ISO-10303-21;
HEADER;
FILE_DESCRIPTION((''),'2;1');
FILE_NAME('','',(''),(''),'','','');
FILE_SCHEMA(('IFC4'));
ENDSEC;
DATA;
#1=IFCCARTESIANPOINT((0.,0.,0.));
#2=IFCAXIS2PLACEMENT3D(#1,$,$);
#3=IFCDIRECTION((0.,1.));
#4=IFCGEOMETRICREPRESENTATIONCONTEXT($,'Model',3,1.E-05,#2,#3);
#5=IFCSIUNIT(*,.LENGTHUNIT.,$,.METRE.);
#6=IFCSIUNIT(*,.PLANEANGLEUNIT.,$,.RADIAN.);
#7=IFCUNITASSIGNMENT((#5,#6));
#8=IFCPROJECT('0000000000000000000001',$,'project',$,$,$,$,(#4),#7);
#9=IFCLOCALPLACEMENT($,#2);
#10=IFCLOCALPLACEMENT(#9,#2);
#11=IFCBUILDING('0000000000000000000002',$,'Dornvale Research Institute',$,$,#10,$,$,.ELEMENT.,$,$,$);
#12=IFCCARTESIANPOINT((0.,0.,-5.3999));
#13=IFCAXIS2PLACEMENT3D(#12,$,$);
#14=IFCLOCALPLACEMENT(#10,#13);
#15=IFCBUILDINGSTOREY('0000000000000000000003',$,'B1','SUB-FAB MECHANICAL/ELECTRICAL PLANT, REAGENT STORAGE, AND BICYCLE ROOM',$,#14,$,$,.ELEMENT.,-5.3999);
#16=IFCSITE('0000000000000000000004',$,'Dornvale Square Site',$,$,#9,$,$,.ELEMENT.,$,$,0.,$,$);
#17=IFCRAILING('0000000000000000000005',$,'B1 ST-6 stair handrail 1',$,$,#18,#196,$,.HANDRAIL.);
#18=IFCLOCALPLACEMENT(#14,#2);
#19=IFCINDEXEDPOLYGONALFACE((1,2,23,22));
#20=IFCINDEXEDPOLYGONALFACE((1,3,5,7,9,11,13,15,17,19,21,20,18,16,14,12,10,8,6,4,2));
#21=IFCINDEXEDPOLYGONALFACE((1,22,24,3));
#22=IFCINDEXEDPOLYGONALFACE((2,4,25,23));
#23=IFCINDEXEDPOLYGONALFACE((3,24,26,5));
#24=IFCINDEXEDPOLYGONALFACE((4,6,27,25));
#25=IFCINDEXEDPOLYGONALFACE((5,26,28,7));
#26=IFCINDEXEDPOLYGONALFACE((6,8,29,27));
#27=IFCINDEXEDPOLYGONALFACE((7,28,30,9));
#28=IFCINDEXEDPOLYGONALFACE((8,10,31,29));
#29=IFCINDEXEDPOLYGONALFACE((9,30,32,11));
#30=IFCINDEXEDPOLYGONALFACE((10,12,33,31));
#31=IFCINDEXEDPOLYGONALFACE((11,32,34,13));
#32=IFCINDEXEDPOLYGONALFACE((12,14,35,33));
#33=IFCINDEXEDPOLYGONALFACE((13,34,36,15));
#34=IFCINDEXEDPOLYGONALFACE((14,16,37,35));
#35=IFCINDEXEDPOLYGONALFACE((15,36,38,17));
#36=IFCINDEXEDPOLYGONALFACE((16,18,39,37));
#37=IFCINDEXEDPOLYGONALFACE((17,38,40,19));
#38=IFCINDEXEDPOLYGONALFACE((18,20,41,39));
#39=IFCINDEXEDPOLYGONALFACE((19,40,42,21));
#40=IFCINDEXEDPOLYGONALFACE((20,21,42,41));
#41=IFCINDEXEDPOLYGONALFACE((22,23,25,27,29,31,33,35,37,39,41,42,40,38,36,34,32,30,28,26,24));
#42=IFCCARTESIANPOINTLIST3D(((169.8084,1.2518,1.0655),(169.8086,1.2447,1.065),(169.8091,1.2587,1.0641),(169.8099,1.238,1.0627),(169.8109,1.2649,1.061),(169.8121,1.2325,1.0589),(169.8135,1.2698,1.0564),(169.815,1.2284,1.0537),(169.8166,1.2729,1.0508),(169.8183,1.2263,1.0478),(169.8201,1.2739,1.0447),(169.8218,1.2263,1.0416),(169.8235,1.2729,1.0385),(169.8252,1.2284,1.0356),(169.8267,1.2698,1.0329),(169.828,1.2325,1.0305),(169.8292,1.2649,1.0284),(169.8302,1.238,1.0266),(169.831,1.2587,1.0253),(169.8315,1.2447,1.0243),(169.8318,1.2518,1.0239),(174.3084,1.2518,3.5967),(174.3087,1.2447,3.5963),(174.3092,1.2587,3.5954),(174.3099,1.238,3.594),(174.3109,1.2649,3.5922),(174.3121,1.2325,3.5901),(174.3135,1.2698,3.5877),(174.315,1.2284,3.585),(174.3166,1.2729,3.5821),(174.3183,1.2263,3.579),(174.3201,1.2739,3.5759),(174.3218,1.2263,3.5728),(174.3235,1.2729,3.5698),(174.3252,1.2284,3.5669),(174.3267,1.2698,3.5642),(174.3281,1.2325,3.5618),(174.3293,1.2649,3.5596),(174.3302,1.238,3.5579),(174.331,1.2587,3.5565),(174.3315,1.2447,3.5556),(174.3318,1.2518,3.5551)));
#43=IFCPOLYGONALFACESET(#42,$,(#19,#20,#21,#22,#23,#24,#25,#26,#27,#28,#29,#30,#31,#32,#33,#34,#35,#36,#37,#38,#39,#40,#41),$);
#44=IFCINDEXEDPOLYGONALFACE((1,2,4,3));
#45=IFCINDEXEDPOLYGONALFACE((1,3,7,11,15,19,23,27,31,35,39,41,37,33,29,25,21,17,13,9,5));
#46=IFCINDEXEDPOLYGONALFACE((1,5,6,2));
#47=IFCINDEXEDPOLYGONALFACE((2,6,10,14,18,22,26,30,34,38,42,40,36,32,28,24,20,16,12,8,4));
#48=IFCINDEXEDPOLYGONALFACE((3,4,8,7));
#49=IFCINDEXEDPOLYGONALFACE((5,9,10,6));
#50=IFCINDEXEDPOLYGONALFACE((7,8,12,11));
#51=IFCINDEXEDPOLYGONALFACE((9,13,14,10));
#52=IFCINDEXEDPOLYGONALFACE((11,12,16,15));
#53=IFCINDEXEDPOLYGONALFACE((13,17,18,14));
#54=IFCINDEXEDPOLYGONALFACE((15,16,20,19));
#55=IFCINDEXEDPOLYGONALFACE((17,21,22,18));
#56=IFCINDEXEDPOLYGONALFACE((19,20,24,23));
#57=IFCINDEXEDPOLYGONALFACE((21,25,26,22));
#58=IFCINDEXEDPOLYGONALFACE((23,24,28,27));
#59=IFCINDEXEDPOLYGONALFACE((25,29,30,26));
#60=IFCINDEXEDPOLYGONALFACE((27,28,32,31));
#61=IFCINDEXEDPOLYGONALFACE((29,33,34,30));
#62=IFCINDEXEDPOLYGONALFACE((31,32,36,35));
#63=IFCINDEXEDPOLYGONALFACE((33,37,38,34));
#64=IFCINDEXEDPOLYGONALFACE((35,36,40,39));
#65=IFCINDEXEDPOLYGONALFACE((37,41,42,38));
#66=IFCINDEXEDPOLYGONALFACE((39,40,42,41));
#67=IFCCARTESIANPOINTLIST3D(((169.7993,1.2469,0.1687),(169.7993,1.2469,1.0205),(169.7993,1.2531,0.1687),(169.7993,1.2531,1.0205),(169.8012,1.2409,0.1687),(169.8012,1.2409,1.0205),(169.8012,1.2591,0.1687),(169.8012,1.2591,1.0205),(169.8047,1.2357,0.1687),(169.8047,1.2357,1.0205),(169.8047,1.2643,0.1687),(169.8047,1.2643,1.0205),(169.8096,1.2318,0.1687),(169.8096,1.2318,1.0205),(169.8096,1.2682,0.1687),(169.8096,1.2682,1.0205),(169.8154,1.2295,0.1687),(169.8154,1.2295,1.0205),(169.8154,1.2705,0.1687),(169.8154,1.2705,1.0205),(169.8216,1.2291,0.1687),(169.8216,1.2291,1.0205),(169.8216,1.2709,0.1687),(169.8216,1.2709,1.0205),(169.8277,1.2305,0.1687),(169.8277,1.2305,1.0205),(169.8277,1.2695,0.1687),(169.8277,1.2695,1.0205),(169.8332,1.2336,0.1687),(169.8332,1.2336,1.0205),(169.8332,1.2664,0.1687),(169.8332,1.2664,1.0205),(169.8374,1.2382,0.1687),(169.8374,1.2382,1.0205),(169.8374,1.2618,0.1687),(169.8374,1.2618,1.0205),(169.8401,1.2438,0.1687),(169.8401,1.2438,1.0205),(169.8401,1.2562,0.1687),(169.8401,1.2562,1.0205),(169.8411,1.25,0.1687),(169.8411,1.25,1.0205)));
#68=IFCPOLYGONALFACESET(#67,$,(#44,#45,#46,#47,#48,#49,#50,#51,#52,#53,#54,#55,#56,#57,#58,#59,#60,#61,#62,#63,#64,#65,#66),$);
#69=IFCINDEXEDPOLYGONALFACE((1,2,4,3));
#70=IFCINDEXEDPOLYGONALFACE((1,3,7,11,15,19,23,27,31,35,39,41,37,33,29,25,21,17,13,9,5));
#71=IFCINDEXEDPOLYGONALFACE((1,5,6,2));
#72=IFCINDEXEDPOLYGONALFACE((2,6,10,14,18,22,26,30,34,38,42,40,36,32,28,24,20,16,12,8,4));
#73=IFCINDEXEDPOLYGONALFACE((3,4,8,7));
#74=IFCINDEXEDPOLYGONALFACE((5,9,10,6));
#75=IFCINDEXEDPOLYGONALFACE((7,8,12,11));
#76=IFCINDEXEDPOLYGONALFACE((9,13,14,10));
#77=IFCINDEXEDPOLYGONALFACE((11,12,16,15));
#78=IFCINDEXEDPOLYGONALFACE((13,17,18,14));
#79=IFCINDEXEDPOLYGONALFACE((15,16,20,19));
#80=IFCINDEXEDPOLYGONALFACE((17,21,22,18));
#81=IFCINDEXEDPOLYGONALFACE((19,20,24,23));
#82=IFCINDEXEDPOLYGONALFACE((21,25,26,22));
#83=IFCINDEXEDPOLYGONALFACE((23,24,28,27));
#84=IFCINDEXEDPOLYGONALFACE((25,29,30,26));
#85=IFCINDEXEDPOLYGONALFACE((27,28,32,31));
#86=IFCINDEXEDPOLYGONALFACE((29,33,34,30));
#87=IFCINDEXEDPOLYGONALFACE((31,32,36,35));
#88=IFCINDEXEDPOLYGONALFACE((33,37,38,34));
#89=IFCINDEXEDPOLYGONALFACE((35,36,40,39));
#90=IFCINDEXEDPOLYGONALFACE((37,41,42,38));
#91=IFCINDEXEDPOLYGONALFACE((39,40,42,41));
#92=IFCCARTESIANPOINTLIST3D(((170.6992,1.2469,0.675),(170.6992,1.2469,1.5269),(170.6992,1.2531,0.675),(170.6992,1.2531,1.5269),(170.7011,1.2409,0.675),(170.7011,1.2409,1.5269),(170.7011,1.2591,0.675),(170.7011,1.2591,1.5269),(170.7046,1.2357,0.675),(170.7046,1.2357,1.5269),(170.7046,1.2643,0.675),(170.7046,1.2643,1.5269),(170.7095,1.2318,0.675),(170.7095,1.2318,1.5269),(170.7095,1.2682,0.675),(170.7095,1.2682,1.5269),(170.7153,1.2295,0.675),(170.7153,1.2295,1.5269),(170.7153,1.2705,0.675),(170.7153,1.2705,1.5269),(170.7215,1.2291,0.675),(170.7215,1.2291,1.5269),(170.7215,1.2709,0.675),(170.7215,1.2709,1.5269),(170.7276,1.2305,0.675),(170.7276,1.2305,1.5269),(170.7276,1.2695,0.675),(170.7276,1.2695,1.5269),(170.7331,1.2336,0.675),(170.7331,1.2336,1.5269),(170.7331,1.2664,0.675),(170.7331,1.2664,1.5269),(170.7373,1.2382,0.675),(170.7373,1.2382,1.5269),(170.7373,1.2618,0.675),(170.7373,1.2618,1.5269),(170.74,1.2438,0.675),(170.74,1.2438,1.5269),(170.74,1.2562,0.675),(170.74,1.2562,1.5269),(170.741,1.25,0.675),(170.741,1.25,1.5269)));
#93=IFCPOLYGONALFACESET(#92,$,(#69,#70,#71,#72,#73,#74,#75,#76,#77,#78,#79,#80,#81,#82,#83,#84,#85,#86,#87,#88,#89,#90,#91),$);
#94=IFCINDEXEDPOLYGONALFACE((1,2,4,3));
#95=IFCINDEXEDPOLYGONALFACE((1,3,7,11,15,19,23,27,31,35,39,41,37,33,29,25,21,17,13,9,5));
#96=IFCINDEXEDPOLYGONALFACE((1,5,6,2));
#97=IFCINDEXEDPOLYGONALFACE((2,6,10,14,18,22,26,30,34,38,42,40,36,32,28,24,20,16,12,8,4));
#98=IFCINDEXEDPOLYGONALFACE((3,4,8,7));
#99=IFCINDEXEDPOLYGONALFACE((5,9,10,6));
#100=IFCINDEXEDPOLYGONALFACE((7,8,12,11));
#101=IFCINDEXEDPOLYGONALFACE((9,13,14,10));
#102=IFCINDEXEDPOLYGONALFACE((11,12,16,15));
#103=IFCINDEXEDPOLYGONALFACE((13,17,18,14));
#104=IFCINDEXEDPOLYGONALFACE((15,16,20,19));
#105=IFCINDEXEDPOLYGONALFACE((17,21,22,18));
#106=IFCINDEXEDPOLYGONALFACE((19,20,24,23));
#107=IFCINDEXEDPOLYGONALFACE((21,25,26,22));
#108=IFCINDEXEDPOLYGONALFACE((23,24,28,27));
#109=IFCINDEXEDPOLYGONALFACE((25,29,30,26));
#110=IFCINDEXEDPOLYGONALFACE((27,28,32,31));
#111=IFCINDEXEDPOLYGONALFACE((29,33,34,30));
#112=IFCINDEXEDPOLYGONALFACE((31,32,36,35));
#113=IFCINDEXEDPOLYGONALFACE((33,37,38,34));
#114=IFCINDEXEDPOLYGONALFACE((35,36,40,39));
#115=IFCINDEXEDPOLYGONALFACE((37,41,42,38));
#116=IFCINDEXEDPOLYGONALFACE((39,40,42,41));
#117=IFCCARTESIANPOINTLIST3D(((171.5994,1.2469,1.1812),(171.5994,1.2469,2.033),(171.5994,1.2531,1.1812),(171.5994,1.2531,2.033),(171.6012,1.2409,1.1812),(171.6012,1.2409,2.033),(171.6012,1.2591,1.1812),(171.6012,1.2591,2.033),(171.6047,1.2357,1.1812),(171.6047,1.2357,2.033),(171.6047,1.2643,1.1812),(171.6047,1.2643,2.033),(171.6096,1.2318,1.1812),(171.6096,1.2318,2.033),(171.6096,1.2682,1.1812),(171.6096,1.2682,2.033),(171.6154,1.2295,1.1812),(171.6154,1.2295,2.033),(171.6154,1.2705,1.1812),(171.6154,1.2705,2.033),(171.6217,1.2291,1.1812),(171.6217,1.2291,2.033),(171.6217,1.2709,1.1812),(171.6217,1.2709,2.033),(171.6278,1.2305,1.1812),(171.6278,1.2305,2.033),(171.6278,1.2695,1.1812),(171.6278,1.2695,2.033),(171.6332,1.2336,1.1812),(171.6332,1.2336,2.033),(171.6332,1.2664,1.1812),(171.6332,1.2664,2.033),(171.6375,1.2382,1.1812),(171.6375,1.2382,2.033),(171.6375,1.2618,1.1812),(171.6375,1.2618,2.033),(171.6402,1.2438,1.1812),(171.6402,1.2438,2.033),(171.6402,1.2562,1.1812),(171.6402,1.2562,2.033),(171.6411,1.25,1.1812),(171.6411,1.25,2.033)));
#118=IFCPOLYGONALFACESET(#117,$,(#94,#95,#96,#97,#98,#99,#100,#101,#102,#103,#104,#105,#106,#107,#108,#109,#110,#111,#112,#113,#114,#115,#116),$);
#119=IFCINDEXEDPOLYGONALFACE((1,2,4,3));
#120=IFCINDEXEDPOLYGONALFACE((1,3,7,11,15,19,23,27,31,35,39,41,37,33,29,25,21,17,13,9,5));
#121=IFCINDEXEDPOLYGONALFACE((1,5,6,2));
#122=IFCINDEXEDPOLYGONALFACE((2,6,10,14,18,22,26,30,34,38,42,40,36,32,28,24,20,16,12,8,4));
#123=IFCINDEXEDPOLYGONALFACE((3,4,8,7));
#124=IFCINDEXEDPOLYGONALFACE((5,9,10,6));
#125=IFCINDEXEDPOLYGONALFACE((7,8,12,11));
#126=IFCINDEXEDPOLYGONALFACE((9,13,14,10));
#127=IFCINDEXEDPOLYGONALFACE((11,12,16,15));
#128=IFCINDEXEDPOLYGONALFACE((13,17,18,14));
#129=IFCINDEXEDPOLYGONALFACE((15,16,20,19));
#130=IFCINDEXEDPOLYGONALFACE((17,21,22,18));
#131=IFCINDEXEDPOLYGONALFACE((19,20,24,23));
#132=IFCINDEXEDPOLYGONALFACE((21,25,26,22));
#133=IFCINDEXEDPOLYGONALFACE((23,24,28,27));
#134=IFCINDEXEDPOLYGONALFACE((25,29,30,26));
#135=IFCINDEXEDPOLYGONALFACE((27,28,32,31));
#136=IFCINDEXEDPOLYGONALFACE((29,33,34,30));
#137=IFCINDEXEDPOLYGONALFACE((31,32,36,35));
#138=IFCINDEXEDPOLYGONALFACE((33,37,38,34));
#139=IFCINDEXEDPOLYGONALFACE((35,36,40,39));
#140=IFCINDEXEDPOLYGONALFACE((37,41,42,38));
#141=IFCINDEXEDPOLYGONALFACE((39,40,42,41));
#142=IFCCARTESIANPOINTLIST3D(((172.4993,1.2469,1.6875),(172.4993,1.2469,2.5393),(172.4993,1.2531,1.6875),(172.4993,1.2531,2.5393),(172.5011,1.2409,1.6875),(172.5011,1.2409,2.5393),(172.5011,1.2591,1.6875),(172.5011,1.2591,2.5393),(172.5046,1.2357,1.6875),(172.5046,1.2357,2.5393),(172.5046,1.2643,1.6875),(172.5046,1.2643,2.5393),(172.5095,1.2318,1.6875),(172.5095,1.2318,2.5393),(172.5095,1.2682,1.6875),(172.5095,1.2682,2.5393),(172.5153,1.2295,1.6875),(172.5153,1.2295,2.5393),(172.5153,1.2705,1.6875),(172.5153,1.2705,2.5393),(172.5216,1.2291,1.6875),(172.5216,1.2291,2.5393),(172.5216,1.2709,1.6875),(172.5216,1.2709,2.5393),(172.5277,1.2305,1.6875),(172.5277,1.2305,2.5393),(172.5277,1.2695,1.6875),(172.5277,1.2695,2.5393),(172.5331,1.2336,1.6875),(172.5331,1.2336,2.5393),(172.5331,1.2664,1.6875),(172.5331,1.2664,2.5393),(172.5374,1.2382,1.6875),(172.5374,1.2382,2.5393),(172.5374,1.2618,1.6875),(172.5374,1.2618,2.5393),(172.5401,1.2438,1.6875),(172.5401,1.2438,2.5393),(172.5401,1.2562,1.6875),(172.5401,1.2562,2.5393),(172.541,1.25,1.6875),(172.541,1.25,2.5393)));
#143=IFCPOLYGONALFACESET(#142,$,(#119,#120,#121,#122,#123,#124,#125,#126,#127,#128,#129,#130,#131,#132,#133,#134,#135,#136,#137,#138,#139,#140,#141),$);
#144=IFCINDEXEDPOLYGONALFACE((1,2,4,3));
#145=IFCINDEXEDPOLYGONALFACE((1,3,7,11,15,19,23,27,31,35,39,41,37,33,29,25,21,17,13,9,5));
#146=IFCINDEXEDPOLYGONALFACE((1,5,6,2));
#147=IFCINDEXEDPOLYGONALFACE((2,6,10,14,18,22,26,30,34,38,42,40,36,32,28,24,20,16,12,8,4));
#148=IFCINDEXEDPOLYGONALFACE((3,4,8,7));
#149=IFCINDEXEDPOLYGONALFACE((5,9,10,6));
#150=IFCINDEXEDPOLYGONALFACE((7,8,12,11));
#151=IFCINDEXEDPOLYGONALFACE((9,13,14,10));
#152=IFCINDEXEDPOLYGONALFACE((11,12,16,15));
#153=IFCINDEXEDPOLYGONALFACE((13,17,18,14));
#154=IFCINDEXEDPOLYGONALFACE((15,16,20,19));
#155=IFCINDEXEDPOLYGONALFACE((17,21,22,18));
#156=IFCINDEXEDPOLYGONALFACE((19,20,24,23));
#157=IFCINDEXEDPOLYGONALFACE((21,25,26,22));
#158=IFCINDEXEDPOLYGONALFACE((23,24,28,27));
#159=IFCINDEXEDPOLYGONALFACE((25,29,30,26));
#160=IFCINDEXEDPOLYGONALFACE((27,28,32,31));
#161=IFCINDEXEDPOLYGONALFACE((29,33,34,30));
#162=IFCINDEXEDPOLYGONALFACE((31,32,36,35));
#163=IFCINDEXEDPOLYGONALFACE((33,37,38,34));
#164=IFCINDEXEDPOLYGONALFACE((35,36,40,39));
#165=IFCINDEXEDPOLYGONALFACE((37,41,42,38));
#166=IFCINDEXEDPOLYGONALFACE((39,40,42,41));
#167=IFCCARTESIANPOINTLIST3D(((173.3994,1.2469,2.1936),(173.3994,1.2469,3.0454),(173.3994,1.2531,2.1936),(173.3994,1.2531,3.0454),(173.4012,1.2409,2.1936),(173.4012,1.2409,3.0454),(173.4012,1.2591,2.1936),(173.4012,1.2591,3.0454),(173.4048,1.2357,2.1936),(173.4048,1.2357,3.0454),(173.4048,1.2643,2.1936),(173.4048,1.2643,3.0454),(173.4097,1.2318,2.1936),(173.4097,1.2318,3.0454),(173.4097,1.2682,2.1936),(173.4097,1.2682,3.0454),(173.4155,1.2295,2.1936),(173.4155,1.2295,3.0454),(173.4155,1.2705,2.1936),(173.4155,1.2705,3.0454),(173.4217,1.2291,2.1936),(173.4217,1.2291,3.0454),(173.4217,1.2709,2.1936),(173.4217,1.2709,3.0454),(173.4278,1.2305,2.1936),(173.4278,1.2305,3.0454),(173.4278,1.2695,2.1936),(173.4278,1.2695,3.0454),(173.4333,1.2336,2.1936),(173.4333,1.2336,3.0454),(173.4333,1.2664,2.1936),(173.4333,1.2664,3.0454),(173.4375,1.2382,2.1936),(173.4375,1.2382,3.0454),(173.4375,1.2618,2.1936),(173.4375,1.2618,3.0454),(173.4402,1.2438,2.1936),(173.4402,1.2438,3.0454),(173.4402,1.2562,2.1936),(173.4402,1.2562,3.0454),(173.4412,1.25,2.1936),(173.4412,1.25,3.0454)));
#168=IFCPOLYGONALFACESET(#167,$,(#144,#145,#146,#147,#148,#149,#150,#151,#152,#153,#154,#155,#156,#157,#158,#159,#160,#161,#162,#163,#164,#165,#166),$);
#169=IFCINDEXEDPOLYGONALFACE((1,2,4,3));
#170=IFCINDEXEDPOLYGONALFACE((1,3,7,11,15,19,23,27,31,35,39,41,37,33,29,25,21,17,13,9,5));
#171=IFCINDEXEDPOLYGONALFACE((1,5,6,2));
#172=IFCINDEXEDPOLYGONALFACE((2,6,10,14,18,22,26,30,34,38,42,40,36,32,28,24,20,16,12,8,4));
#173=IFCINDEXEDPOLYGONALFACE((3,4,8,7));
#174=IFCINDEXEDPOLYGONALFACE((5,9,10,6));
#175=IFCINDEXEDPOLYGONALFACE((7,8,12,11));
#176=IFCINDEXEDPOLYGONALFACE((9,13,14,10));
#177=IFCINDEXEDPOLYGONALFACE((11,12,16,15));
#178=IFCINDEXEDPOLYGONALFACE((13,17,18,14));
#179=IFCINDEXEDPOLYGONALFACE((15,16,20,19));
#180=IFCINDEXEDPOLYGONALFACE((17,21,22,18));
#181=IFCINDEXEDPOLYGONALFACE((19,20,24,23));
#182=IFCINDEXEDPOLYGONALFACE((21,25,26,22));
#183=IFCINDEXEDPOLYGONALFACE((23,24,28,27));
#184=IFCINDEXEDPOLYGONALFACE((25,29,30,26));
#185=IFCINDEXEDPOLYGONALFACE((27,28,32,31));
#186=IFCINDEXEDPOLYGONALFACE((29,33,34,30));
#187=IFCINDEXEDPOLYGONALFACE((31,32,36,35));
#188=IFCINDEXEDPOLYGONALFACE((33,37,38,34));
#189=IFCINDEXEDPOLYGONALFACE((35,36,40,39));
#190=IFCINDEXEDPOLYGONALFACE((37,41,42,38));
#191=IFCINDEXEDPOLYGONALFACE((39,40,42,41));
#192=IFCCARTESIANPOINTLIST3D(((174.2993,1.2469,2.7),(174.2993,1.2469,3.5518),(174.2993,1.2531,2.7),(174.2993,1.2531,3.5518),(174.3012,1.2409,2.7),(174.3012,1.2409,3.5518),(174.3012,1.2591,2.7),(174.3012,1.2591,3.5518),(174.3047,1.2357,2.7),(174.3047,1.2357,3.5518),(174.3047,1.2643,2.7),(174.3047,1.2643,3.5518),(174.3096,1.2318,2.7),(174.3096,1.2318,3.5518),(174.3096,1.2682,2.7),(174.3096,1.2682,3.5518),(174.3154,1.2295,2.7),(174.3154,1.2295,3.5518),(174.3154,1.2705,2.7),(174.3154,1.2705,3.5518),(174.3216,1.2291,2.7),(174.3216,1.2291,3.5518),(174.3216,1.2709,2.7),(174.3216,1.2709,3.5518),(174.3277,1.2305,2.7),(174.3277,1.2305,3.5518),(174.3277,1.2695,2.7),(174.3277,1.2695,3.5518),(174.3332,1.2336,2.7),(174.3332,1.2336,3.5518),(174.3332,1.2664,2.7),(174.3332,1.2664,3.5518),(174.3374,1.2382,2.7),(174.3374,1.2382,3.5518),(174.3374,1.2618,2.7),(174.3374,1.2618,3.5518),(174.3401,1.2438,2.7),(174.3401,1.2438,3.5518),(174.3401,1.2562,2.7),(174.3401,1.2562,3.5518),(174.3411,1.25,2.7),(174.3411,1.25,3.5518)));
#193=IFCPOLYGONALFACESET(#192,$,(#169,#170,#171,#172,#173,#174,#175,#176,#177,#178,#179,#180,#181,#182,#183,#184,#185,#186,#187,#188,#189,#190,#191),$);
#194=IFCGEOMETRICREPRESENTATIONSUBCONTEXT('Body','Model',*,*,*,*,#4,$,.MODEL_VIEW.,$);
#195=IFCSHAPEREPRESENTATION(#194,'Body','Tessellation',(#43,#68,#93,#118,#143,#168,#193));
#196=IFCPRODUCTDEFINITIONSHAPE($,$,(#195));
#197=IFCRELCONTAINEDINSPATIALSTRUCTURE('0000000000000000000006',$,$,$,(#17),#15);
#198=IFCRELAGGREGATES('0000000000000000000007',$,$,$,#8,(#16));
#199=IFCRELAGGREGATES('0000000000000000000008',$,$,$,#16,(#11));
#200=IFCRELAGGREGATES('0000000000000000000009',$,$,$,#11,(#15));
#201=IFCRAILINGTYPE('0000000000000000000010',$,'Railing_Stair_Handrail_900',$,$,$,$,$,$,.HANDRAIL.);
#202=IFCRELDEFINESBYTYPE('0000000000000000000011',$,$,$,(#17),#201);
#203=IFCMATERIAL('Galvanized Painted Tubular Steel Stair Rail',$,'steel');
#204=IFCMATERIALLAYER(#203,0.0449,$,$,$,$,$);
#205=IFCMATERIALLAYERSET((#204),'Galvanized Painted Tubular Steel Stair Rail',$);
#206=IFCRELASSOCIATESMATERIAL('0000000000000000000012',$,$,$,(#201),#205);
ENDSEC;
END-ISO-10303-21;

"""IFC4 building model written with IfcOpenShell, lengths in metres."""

from ifc_helpers import new_model, si_unit, direction, frame, origin, origin_2d, place, context, subcontext, project, spatial, circle, extrude, material, layer, layer_set, type_object, element, save


model = new_model("IFC4")

# Units and contexts
model_context = context("Model", 3, precision=1e-05, world=origin(), true_north=direction((0.0, 1.0)))
body_context = subcontext(model_context, "Body", "Model", "MODEL_VIEW")
ifc_project = project(units=[si_unit("LENGTHUNIT", "METRE"), si_unit("PLANEANGLEUNIT", "RADIAN")], contexts=[model_context])

# Site, building, storey
site_placement = place(None, origin())
site = spatial("IfcSite", under=ifc_project, at=site_placement, Name="Dornvale Square Site", CompositionType="ELEMENT", RefElevation=0.0)
building_placement = place(site_placement, origin())
building = spatial("IfcBuilding", under=site, at=building_placement, Name="Dornvale Research Institute", CompositionType="ELEMENT")
storey_placement = place(building_placement, frame((0.0, 0.0, -5.3999)))
storey = spatial("IfcBuildingStorey", under=building, at=storey_placement, Name="B1", Description="SUB-FAB MECHANICAL/ELECTRICAL PLANT, REAGENT STORAGE, AND BICYCLE ROOM", CompositionType="ELEMENT", Elevation=-5.3999)

# Railing
ifc_material_1 = material(Name="Galvanized Painted Tubular Steel Stair Rail", Category="steel")
ifc_layer_1 = layer(ifc_material_1, 0.0449)
ifc_layer_set_1 = layer_set([ifc_layer_1], Name="Galvanized Painted Tubular Steel Stair Rail")
railing_type_1 = type_object("IfcRailingType", Name="Railing_Stair_Handrail_900", PredefinedType="HANDRAIL", material=ifc_layer_set_1)
railing_1_placement = place(storey_placement, frame((169.8201, 1.25, 0.1687)))
element("IfcRailing", 1, at=railing_1_placement, inside=storey, type_object=railing_type_1, Name="B1 ST-6 stair handrail 1", PredefinedType="HANDRAIL", context=body_context, shape_type="SweptSolid", body=[
    extrude(circle(Radius=0.0239, at=origin_2d()), frame((0.0, 0.0, 0.876), z_axis=(0.871576, 0.0, 0.490261), x_axis=(0.0, 1.0, 0.0)), (0.0, 0.0, 1.0), 5.1631),
    extrude(circle(Radius=0.021, at=origin_2d()), origin(), (0.0, 0.0, 1.0), 0.8518),
    extrude(circle(Radius=0.021, at=origin_2d()), frame((0.8999, 0.0, 0.5063)), (0.0, 0.0, 1.0), 0.8518),
    extrude(circle(Radius=0.021, at=origin_2d()), frame((1.8, 0.0, 1.0125)), (0.0, 0.0, 1.0), 0.8518),
    extrude(circle(Radius=0.021, at=origin_2d()), frame((2.7, 0.0, 1.5188)), (0.0, 0.0, 1.0), 0.8518),
    extrude(circle(Radius=0.021, at=origin_2d()), frame((3.6001, 0.0, 2.0249)), (0.0, 0.0, 1.0), 0.8518),
    extrude(circle(Radius=0.021, at=origin_2d()), frame((4.5, 0.0, 2.5312)), (0.0, 0.0, 1.0), 0.8518),
])

save(model, "model.ifc")
